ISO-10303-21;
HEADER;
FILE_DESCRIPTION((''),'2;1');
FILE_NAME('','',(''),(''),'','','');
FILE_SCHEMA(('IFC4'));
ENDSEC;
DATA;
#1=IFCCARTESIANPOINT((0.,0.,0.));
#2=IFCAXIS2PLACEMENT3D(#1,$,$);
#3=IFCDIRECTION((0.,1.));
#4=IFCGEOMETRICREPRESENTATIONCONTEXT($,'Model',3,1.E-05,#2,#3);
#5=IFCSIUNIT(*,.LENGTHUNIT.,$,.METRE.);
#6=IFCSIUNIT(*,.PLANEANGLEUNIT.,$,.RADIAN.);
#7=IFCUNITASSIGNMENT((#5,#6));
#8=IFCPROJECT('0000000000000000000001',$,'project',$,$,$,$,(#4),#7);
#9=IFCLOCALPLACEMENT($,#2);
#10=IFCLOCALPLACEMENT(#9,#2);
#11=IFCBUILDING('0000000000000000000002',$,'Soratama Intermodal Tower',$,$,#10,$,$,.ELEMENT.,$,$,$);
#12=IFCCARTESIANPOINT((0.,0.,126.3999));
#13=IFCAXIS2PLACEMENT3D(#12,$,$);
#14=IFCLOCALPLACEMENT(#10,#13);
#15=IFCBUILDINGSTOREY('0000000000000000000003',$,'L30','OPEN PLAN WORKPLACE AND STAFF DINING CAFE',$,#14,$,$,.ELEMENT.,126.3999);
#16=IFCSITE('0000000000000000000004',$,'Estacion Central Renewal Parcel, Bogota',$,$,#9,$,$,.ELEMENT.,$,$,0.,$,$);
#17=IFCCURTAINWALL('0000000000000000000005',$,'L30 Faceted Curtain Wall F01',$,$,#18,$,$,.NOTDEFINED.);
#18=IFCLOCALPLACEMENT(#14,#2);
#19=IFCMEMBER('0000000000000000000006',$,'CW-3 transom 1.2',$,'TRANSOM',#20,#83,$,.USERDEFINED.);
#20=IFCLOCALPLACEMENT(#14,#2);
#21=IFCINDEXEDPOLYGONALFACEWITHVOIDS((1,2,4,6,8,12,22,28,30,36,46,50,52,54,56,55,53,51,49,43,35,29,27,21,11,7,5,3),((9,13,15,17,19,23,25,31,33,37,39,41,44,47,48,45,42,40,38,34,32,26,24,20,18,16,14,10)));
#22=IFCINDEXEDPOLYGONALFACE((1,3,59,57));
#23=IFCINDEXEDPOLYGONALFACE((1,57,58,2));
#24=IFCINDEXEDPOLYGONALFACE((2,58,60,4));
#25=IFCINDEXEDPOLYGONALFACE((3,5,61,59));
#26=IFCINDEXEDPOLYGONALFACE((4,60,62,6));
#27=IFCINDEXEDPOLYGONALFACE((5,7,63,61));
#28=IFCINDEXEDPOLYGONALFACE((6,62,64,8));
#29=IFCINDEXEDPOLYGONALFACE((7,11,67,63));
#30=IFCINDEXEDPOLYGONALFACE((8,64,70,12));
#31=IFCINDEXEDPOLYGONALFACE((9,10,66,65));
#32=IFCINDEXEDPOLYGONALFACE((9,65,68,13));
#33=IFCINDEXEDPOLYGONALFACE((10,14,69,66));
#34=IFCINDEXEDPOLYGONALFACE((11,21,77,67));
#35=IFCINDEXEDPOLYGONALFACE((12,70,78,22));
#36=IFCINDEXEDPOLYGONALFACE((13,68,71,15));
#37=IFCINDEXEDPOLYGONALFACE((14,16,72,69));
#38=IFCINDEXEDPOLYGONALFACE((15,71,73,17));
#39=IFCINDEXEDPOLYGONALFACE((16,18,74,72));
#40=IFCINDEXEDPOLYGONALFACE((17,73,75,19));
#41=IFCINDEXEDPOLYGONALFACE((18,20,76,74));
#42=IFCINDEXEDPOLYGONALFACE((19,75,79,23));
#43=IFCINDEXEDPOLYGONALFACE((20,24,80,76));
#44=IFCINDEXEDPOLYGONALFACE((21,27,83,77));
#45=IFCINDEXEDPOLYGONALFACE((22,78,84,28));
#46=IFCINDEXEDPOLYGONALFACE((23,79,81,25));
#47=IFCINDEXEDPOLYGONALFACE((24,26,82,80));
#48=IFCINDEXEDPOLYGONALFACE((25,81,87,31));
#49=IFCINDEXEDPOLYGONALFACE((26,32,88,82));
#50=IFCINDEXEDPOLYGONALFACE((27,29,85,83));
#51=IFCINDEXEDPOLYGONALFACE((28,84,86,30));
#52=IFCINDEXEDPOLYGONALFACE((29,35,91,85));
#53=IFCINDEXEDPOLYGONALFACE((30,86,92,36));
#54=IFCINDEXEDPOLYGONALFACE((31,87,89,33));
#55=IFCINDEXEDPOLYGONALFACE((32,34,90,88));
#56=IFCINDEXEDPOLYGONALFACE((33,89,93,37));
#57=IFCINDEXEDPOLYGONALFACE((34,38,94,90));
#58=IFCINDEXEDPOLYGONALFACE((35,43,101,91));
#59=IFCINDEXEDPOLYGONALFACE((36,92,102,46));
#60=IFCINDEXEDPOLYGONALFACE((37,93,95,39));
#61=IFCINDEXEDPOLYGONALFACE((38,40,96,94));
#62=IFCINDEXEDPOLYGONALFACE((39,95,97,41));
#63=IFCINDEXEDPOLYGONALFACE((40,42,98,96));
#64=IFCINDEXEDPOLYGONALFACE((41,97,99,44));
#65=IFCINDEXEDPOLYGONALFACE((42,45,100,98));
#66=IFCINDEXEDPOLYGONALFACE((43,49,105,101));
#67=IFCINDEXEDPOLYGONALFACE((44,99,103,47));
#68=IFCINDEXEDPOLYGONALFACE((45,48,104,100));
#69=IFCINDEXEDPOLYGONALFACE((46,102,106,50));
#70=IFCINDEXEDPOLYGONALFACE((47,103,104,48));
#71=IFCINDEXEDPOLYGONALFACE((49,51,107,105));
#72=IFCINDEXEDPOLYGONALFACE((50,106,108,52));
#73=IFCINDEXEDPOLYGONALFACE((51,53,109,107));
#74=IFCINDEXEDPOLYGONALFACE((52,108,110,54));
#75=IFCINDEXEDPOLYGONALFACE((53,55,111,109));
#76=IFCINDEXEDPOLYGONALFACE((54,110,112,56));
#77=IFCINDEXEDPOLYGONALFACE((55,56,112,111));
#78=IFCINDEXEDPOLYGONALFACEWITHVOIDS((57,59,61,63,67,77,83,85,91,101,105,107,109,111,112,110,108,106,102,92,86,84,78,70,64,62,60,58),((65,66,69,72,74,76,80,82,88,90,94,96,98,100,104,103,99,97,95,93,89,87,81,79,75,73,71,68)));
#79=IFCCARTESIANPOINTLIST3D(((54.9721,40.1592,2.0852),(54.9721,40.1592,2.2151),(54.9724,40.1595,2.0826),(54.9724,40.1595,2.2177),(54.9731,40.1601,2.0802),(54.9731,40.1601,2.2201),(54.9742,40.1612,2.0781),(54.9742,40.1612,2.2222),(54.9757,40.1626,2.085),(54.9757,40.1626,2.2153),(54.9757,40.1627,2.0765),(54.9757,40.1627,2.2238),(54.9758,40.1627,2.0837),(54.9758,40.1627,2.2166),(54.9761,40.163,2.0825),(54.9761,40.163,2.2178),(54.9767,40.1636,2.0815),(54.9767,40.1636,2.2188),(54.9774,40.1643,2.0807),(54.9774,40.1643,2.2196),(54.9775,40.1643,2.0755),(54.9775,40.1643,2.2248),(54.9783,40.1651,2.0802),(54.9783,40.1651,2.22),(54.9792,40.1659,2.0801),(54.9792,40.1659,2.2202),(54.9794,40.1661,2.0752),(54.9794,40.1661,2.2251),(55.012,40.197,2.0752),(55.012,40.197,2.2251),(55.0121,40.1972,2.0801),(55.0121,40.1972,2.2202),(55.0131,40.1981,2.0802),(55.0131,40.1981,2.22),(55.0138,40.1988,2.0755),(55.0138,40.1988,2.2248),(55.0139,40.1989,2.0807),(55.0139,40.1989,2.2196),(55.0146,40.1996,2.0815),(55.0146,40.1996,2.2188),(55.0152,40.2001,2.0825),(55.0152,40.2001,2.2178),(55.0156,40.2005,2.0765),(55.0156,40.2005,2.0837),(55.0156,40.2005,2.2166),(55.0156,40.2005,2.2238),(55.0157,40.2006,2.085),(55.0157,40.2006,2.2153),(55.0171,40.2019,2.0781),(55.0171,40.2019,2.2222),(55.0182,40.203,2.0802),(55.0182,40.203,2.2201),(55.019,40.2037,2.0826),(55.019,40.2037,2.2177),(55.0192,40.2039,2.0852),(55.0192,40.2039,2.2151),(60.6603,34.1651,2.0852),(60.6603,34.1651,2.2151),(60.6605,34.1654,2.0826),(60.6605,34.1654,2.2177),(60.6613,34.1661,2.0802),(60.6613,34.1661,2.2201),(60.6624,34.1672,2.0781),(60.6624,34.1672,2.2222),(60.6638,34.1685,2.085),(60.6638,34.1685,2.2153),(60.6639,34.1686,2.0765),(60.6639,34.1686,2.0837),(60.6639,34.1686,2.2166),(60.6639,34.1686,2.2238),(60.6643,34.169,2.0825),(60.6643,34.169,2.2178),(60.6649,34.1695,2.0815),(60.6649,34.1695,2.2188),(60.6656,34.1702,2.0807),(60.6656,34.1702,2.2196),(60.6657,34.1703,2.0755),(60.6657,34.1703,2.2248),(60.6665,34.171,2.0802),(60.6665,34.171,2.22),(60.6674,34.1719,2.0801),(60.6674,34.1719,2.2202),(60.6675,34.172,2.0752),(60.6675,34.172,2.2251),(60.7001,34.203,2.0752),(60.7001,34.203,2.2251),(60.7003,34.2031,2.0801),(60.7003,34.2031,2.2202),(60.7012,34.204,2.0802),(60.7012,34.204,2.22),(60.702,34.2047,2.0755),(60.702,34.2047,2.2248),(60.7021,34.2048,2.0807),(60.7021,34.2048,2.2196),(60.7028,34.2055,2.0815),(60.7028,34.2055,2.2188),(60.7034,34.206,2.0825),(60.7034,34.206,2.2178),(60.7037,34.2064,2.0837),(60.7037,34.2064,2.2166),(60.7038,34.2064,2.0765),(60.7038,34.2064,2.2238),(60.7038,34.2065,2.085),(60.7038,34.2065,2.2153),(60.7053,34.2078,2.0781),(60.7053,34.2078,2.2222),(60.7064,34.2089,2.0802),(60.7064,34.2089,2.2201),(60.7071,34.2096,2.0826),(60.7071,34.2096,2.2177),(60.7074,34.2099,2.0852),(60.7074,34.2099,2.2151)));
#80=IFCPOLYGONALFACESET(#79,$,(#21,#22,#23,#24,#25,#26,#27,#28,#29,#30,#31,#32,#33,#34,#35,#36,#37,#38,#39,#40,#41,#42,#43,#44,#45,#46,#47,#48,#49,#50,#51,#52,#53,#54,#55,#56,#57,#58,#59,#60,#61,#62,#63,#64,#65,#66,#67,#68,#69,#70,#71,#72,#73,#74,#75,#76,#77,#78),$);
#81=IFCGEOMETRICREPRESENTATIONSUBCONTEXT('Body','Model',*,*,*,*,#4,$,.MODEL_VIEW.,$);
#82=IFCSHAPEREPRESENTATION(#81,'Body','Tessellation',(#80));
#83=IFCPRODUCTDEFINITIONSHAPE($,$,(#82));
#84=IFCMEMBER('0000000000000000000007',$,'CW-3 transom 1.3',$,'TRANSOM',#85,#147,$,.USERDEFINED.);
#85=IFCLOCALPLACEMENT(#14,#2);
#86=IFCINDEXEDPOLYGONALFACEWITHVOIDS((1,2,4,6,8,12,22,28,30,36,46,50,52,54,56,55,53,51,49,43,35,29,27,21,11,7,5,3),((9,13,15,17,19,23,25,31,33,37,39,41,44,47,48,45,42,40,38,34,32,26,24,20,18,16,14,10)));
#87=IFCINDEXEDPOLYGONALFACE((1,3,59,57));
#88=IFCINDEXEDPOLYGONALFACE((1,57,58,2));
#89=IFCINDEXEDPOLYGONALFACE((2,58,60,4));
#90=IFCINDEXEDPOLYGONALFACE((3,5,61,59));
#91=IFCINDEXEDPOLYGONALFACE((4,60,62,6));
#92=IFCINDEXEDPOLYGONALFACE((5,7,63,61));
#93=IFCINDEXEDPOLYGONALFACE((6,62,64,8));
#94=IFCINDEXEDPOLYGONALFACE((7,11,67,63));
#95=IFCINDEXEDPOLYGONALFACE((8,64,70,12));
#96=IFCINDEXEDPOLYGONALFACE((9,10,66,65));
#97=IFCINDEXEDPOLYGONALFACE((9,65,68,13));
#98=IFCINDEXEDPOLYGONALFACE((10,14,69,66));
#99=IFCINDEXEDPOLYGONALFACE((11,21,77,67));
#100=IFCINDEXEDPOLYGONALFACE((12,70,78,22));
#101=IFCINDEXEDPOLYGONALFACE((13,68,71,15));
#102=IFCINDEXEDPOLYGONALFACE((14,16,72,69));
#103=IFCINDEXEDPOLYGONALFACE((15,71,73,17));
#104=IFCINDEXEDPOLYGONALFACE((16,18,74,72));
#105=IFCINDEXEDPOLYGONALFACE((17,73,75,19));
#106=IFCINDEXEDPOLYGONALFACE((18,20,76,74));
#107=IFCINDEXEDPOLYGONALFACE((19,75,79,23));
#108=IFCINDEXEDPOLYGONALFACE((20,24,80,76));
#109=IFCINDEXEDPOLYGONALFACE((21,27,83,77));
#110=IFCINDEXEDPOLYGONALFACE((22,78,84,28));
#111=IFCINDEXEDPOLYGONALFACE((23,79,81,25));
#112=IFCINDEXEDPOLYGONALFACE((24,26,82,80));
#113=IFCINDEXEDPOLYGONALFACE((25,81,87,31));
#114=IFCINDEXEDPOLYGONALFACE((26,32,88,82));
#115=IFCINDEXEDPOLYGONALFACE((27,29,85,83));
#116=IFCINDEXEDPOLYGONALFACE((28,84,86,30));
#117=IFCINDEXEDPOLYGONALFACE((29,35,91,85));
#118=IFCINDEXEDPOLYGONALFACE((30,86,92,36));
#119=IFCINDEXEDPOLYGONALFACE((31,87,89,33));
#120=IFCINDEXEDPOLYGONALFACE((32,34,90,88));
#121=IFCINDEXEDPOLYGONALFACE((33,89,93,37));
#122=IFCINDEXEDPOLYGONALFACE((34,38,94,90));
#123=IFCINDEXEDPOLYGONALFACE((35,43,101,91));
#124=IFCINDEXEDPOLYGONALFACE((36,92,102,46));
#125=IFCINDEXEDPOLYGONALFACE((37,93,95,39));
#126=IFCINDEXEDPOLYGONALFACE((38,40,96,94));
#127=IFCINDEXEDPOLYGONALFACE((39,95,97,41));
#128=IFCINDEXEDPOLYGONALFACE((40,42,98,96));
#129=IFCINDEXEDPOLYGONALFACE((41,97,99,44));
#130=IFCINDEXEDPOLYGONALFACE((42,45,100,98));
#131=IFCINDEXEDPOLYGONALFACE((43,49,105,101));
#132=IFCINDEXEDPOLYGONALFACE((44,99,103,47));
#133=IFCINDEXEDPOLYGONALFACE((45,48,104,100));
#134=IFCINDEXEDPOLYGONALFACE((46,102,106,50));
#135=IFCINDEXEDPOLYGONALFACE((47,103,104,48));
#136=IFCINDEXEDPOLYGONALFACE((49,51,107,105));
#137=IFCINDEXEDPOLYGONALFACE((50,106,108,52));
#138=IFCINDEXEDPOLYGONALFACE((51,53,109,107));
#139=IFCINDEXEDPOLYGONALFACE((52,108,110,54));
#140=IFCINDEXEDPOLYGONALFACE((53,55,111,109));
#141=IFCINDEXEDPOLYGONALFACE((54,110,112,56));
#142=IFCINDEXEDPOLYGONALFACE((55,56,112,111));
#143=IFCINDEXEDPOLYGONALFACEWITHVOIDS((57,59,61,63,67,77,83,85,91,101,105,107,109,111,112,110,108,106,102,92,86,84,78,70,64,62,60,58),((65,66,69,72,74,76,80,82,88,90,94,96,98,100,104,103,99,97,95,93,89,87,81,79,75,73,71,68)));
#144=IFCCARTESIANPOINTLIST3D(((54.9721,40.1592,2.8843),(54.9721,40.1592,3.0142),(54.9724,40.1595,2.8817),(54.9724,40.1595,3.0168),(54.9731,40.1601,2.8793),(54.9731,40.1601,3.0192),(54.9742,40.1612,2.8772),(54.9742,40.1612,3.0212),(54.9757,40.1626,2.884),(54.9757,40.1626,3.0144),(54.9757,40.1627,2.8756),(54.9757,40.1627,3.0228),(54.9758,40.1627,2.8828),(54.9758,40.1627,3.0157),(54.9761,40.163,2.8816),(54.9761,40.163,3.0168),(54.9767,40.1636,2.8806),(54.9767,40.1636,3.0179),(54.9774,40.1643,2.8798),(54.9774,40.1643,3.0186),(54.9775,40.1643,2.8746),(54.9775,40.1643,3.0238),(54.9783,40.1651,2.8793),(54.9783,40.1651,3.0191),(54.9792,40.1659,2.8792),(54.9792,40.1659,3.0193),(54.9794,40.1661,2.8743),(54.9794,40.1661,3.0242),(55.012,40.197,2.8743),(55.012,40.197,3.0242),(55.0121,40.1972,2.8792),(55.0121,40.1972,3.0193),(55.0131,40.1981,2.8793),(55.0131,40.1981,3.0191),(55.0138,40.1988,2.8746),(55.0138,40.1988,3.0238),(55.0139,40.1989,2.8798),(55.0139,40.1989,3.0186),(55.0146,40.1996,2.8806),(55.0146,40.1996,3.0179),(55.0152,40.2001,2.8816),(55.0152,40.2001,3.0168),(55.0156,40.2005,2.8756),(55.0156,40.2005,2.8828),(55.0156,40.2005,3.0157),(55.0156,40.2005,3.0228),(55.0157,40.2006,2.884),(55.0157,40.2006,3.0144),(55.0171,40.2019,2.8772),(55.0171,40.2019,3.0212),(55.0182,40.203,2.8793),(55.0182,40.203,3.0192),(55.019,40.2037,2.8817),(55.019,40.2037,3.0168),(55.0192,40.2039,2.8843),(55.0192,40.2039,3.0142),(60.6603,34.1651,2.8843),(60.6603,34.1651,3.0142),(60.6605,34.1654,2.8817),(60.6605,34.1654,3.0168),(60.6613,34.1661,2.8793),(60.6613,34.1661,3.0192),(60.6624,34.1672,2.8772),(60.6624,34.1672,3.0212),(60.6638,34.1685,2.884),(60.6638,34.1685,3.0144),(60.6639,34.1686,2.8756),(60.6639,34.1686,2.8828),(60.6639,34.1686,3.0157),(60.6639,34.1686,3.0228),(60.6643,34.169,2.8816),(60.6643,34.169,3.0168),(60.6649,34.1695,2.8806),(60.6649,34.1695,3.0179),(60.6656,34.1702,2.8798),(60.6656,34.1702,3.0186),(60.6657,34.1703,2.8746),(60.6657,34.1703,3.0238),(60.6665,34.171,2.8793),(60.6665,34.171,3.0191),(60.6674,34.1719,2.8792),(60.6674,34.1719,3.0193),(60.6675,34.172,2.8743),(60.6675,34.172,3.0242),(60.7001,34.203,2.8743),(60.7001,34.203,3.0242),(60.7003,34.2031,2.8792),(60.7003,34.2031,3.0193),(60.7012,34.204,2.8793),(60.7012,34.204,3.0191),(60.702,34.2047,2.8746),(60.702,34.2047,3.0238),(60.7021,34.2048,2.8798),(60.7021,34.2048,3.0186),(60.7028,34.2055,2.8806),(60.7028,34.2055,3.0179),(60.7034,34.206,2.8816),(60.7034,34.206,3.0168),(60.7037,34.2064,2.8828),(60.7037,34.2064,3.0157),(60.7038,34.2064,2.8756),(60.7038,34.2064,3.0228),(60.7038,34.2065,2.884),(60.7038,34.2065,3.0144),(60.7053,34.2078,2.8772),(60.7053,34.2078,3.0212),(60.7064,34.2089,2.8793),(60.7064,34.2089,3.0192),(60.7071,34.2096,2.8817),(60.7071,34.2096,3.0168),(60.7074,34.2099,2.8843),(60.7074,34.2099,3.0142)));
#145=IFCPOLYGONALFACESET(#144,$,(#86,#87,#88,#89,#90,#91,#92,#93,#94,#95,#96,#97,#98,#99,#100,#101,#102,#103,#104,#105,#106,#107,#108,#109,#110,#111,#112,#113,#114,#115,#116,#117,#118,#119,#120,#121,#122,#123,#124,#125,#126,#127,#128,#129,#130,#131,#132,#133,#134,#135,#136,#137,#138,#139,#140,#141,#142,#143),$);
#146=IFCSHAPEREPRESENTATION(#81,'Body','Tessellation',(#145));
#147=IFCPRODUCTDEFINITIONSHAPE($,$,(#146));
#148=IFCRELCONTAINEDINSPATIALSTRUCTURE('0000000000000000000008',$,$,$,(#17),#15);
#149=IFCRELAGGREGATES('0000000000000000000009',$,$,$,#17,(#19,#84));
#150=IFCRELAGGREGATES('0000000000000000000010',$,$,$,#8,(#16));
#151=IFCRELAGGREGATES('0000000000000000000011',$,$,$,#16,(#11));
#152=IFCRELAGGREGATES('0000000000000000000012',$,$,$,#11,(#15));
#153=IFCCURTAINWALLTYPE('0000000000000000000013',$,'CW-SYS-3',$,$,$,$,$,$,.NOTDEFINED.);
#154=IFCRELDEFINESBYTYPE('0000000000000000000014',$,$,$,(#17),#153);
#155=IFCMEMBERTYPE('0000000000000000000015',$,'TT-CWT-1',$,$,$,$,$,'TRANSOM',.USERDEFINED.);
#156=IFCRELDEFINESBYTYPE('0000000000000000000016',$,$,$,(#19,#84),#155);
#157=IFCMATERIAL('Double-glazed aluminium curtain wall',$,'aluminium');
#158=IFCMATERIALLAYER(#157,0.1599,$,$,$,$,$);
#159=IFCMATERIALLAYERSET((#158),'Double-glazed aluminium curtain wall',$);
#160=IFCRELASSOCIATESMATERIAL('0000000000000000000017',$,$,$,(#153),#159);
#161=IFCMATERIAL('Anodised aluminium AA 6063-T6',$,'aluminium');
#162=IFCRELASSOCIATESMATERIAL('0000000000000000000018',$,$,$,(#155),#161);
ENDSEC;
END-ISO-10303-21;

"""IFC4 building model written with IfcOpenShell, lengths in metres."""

from ifc_helpers import new_model, si_unit, direction, frame, origin, origin_2d, place, context, subcontext, project, spatial, hollow_rectangle, extrude, material, layer, layer_set, material_profile, profile_set, type_object, element, aggregate, save


model = new_model("IFC4")

# Units and contexts
model_context = context("Model", 3, precision=1e-05, world=origin(), true_north=direction((0.0, 1.0)))
body_context = subcontext(model_context, "Body", "Model", "MODEL_VIEW")
ifc_project = project(units=[si_unit("LENGTHUNIT", "METRE"), si_unit("PLANEANGLEUNIT", "RADIAN")], contexts=[model_context])

# Site, building, storey
site_placement = place(None, origin())
site = spatial("IfcSite", under=ifc_project, at=site_placement, Name="Estacion Central Renewal Parcel, Bogota", CompositionType="ELEMENT", RefElevation=0.0)
building_placement = place(site_placement, origin())
building = spatial("IfcBuilding", under=site, at=building_placement, Name="Soratama Intermodal Tower", CompositionType="ELEMENT")
storey_placement = place(building_placement, frame((0.0, 0.0, 126.3999)))
storey = spatial("IfcBuildingStorey", under=building, at=storey_placement, Name="L30", Description="OPEN PLAN WORKPLACE AND STAFF DINING CAFE", CompositionType="ELEMENT", Elevation=126.3999)

# Curtain wall
ifc_material_1 = material(Name="Double-glazed aluminium curtain wall", Category="aluminium")
ifc_layer_1 = layer(ifc_material_1, 0.1599)
ifc_layer_set_1 = layer_set([ifc_layer_1], Name="Double-glazed aluminium curtain wall")
curtain_wall_type = type_object("IfcCurtainWallType", Name="CW-SYS-3", PredefinedType="NOTDEFINED", material=ifc_layer_set_1)
curtain_wall_1_placement = place(storey_placement, origin())
curtain_wall_1 = element("IfcCurtainWall", 1, at=curtain_wall_1_placement, inside=storey, type_object=curtain_wall_type, Name="L30 Faceted Curtain Wall F01", PredefinedType="NOTDEFINED")

# Members
ifc_material_2 = material(Name="Anodised aluminium AA 6063-T6", Category="aluminium")
ifc_material_profile_1 = material_profile(ifc_material_2, hollow_rectangle(XDim=0.0649, YDim=0.1499, WallThickness=0.0049, InnerFilletRadius=0.0049, OuterFilletRadius=0.01, at=origin_2d()), Name="CWT150X65X5")
ifc_profile_set_1 = profile_set([ifc_material_profile_1], Name="Anodised aluminium AA 6063-T6")
member_type_1 = type_object("IfcMemberType", Name="TT-CWT-1", ElementType="TRANSOM", PredefinedType="USERDEFINED", material=ifc_profile_set_1)
member_1_placement = place(storey_placement, frame((60.6838, 34.1875, 2.1501), z_axis=(-0.688355, 0.725374, 0.0), x_axis=(-0.725374, -0.688355, 0.0)))
member_1 = element("IfcMember", 2, at=member_1_placement, type_object=member_type_1, Name="CW-3 transom 1.2", ObjectType="TRANSOM", PredefinedType="USERDEFINED", context=body_context, shape_type="SweptSolid", body=[
    extrude(hollow_rectangle(XDim=0.0649, YDim=0.1499, WallThickness=0.0049, InnerFilletRadius=0.0049, OuterFilletRadius=0.01, at=origin_2d()), origin(), (0.0, 0.0, 1.0), 8.2634),
])
member_2_placement = place(storey_placement, frame((60.6838, 34.1875, 2.9492), z_axis=(-0.688355, 0.725374, 0.0), x_axis=(-0.725374, -0.688355, 0.0)))
member_2 = element("IfcMember", 3, at=member_2_placement, type_object=member_type_1, Name="CW-3 transom 1.3", ObjectType="TRANSOM", PredefinedType="USERDEFINED", context=body_context, shape_type="SweptSolid", body=[
    extrude(hollow_rectangle(XDim=0.0649, YDim=0.1499, WallThickness=0.0049, InnerFilletRadius=0.0049, OuterFilletRadius=0.01, at=origin_2d()), origin(), (0.0, 0.0, 1.0), 8.2634),
])

aggregate(curtain_wall_1, [member_1, member_2])

save(model, "model.ifc")
